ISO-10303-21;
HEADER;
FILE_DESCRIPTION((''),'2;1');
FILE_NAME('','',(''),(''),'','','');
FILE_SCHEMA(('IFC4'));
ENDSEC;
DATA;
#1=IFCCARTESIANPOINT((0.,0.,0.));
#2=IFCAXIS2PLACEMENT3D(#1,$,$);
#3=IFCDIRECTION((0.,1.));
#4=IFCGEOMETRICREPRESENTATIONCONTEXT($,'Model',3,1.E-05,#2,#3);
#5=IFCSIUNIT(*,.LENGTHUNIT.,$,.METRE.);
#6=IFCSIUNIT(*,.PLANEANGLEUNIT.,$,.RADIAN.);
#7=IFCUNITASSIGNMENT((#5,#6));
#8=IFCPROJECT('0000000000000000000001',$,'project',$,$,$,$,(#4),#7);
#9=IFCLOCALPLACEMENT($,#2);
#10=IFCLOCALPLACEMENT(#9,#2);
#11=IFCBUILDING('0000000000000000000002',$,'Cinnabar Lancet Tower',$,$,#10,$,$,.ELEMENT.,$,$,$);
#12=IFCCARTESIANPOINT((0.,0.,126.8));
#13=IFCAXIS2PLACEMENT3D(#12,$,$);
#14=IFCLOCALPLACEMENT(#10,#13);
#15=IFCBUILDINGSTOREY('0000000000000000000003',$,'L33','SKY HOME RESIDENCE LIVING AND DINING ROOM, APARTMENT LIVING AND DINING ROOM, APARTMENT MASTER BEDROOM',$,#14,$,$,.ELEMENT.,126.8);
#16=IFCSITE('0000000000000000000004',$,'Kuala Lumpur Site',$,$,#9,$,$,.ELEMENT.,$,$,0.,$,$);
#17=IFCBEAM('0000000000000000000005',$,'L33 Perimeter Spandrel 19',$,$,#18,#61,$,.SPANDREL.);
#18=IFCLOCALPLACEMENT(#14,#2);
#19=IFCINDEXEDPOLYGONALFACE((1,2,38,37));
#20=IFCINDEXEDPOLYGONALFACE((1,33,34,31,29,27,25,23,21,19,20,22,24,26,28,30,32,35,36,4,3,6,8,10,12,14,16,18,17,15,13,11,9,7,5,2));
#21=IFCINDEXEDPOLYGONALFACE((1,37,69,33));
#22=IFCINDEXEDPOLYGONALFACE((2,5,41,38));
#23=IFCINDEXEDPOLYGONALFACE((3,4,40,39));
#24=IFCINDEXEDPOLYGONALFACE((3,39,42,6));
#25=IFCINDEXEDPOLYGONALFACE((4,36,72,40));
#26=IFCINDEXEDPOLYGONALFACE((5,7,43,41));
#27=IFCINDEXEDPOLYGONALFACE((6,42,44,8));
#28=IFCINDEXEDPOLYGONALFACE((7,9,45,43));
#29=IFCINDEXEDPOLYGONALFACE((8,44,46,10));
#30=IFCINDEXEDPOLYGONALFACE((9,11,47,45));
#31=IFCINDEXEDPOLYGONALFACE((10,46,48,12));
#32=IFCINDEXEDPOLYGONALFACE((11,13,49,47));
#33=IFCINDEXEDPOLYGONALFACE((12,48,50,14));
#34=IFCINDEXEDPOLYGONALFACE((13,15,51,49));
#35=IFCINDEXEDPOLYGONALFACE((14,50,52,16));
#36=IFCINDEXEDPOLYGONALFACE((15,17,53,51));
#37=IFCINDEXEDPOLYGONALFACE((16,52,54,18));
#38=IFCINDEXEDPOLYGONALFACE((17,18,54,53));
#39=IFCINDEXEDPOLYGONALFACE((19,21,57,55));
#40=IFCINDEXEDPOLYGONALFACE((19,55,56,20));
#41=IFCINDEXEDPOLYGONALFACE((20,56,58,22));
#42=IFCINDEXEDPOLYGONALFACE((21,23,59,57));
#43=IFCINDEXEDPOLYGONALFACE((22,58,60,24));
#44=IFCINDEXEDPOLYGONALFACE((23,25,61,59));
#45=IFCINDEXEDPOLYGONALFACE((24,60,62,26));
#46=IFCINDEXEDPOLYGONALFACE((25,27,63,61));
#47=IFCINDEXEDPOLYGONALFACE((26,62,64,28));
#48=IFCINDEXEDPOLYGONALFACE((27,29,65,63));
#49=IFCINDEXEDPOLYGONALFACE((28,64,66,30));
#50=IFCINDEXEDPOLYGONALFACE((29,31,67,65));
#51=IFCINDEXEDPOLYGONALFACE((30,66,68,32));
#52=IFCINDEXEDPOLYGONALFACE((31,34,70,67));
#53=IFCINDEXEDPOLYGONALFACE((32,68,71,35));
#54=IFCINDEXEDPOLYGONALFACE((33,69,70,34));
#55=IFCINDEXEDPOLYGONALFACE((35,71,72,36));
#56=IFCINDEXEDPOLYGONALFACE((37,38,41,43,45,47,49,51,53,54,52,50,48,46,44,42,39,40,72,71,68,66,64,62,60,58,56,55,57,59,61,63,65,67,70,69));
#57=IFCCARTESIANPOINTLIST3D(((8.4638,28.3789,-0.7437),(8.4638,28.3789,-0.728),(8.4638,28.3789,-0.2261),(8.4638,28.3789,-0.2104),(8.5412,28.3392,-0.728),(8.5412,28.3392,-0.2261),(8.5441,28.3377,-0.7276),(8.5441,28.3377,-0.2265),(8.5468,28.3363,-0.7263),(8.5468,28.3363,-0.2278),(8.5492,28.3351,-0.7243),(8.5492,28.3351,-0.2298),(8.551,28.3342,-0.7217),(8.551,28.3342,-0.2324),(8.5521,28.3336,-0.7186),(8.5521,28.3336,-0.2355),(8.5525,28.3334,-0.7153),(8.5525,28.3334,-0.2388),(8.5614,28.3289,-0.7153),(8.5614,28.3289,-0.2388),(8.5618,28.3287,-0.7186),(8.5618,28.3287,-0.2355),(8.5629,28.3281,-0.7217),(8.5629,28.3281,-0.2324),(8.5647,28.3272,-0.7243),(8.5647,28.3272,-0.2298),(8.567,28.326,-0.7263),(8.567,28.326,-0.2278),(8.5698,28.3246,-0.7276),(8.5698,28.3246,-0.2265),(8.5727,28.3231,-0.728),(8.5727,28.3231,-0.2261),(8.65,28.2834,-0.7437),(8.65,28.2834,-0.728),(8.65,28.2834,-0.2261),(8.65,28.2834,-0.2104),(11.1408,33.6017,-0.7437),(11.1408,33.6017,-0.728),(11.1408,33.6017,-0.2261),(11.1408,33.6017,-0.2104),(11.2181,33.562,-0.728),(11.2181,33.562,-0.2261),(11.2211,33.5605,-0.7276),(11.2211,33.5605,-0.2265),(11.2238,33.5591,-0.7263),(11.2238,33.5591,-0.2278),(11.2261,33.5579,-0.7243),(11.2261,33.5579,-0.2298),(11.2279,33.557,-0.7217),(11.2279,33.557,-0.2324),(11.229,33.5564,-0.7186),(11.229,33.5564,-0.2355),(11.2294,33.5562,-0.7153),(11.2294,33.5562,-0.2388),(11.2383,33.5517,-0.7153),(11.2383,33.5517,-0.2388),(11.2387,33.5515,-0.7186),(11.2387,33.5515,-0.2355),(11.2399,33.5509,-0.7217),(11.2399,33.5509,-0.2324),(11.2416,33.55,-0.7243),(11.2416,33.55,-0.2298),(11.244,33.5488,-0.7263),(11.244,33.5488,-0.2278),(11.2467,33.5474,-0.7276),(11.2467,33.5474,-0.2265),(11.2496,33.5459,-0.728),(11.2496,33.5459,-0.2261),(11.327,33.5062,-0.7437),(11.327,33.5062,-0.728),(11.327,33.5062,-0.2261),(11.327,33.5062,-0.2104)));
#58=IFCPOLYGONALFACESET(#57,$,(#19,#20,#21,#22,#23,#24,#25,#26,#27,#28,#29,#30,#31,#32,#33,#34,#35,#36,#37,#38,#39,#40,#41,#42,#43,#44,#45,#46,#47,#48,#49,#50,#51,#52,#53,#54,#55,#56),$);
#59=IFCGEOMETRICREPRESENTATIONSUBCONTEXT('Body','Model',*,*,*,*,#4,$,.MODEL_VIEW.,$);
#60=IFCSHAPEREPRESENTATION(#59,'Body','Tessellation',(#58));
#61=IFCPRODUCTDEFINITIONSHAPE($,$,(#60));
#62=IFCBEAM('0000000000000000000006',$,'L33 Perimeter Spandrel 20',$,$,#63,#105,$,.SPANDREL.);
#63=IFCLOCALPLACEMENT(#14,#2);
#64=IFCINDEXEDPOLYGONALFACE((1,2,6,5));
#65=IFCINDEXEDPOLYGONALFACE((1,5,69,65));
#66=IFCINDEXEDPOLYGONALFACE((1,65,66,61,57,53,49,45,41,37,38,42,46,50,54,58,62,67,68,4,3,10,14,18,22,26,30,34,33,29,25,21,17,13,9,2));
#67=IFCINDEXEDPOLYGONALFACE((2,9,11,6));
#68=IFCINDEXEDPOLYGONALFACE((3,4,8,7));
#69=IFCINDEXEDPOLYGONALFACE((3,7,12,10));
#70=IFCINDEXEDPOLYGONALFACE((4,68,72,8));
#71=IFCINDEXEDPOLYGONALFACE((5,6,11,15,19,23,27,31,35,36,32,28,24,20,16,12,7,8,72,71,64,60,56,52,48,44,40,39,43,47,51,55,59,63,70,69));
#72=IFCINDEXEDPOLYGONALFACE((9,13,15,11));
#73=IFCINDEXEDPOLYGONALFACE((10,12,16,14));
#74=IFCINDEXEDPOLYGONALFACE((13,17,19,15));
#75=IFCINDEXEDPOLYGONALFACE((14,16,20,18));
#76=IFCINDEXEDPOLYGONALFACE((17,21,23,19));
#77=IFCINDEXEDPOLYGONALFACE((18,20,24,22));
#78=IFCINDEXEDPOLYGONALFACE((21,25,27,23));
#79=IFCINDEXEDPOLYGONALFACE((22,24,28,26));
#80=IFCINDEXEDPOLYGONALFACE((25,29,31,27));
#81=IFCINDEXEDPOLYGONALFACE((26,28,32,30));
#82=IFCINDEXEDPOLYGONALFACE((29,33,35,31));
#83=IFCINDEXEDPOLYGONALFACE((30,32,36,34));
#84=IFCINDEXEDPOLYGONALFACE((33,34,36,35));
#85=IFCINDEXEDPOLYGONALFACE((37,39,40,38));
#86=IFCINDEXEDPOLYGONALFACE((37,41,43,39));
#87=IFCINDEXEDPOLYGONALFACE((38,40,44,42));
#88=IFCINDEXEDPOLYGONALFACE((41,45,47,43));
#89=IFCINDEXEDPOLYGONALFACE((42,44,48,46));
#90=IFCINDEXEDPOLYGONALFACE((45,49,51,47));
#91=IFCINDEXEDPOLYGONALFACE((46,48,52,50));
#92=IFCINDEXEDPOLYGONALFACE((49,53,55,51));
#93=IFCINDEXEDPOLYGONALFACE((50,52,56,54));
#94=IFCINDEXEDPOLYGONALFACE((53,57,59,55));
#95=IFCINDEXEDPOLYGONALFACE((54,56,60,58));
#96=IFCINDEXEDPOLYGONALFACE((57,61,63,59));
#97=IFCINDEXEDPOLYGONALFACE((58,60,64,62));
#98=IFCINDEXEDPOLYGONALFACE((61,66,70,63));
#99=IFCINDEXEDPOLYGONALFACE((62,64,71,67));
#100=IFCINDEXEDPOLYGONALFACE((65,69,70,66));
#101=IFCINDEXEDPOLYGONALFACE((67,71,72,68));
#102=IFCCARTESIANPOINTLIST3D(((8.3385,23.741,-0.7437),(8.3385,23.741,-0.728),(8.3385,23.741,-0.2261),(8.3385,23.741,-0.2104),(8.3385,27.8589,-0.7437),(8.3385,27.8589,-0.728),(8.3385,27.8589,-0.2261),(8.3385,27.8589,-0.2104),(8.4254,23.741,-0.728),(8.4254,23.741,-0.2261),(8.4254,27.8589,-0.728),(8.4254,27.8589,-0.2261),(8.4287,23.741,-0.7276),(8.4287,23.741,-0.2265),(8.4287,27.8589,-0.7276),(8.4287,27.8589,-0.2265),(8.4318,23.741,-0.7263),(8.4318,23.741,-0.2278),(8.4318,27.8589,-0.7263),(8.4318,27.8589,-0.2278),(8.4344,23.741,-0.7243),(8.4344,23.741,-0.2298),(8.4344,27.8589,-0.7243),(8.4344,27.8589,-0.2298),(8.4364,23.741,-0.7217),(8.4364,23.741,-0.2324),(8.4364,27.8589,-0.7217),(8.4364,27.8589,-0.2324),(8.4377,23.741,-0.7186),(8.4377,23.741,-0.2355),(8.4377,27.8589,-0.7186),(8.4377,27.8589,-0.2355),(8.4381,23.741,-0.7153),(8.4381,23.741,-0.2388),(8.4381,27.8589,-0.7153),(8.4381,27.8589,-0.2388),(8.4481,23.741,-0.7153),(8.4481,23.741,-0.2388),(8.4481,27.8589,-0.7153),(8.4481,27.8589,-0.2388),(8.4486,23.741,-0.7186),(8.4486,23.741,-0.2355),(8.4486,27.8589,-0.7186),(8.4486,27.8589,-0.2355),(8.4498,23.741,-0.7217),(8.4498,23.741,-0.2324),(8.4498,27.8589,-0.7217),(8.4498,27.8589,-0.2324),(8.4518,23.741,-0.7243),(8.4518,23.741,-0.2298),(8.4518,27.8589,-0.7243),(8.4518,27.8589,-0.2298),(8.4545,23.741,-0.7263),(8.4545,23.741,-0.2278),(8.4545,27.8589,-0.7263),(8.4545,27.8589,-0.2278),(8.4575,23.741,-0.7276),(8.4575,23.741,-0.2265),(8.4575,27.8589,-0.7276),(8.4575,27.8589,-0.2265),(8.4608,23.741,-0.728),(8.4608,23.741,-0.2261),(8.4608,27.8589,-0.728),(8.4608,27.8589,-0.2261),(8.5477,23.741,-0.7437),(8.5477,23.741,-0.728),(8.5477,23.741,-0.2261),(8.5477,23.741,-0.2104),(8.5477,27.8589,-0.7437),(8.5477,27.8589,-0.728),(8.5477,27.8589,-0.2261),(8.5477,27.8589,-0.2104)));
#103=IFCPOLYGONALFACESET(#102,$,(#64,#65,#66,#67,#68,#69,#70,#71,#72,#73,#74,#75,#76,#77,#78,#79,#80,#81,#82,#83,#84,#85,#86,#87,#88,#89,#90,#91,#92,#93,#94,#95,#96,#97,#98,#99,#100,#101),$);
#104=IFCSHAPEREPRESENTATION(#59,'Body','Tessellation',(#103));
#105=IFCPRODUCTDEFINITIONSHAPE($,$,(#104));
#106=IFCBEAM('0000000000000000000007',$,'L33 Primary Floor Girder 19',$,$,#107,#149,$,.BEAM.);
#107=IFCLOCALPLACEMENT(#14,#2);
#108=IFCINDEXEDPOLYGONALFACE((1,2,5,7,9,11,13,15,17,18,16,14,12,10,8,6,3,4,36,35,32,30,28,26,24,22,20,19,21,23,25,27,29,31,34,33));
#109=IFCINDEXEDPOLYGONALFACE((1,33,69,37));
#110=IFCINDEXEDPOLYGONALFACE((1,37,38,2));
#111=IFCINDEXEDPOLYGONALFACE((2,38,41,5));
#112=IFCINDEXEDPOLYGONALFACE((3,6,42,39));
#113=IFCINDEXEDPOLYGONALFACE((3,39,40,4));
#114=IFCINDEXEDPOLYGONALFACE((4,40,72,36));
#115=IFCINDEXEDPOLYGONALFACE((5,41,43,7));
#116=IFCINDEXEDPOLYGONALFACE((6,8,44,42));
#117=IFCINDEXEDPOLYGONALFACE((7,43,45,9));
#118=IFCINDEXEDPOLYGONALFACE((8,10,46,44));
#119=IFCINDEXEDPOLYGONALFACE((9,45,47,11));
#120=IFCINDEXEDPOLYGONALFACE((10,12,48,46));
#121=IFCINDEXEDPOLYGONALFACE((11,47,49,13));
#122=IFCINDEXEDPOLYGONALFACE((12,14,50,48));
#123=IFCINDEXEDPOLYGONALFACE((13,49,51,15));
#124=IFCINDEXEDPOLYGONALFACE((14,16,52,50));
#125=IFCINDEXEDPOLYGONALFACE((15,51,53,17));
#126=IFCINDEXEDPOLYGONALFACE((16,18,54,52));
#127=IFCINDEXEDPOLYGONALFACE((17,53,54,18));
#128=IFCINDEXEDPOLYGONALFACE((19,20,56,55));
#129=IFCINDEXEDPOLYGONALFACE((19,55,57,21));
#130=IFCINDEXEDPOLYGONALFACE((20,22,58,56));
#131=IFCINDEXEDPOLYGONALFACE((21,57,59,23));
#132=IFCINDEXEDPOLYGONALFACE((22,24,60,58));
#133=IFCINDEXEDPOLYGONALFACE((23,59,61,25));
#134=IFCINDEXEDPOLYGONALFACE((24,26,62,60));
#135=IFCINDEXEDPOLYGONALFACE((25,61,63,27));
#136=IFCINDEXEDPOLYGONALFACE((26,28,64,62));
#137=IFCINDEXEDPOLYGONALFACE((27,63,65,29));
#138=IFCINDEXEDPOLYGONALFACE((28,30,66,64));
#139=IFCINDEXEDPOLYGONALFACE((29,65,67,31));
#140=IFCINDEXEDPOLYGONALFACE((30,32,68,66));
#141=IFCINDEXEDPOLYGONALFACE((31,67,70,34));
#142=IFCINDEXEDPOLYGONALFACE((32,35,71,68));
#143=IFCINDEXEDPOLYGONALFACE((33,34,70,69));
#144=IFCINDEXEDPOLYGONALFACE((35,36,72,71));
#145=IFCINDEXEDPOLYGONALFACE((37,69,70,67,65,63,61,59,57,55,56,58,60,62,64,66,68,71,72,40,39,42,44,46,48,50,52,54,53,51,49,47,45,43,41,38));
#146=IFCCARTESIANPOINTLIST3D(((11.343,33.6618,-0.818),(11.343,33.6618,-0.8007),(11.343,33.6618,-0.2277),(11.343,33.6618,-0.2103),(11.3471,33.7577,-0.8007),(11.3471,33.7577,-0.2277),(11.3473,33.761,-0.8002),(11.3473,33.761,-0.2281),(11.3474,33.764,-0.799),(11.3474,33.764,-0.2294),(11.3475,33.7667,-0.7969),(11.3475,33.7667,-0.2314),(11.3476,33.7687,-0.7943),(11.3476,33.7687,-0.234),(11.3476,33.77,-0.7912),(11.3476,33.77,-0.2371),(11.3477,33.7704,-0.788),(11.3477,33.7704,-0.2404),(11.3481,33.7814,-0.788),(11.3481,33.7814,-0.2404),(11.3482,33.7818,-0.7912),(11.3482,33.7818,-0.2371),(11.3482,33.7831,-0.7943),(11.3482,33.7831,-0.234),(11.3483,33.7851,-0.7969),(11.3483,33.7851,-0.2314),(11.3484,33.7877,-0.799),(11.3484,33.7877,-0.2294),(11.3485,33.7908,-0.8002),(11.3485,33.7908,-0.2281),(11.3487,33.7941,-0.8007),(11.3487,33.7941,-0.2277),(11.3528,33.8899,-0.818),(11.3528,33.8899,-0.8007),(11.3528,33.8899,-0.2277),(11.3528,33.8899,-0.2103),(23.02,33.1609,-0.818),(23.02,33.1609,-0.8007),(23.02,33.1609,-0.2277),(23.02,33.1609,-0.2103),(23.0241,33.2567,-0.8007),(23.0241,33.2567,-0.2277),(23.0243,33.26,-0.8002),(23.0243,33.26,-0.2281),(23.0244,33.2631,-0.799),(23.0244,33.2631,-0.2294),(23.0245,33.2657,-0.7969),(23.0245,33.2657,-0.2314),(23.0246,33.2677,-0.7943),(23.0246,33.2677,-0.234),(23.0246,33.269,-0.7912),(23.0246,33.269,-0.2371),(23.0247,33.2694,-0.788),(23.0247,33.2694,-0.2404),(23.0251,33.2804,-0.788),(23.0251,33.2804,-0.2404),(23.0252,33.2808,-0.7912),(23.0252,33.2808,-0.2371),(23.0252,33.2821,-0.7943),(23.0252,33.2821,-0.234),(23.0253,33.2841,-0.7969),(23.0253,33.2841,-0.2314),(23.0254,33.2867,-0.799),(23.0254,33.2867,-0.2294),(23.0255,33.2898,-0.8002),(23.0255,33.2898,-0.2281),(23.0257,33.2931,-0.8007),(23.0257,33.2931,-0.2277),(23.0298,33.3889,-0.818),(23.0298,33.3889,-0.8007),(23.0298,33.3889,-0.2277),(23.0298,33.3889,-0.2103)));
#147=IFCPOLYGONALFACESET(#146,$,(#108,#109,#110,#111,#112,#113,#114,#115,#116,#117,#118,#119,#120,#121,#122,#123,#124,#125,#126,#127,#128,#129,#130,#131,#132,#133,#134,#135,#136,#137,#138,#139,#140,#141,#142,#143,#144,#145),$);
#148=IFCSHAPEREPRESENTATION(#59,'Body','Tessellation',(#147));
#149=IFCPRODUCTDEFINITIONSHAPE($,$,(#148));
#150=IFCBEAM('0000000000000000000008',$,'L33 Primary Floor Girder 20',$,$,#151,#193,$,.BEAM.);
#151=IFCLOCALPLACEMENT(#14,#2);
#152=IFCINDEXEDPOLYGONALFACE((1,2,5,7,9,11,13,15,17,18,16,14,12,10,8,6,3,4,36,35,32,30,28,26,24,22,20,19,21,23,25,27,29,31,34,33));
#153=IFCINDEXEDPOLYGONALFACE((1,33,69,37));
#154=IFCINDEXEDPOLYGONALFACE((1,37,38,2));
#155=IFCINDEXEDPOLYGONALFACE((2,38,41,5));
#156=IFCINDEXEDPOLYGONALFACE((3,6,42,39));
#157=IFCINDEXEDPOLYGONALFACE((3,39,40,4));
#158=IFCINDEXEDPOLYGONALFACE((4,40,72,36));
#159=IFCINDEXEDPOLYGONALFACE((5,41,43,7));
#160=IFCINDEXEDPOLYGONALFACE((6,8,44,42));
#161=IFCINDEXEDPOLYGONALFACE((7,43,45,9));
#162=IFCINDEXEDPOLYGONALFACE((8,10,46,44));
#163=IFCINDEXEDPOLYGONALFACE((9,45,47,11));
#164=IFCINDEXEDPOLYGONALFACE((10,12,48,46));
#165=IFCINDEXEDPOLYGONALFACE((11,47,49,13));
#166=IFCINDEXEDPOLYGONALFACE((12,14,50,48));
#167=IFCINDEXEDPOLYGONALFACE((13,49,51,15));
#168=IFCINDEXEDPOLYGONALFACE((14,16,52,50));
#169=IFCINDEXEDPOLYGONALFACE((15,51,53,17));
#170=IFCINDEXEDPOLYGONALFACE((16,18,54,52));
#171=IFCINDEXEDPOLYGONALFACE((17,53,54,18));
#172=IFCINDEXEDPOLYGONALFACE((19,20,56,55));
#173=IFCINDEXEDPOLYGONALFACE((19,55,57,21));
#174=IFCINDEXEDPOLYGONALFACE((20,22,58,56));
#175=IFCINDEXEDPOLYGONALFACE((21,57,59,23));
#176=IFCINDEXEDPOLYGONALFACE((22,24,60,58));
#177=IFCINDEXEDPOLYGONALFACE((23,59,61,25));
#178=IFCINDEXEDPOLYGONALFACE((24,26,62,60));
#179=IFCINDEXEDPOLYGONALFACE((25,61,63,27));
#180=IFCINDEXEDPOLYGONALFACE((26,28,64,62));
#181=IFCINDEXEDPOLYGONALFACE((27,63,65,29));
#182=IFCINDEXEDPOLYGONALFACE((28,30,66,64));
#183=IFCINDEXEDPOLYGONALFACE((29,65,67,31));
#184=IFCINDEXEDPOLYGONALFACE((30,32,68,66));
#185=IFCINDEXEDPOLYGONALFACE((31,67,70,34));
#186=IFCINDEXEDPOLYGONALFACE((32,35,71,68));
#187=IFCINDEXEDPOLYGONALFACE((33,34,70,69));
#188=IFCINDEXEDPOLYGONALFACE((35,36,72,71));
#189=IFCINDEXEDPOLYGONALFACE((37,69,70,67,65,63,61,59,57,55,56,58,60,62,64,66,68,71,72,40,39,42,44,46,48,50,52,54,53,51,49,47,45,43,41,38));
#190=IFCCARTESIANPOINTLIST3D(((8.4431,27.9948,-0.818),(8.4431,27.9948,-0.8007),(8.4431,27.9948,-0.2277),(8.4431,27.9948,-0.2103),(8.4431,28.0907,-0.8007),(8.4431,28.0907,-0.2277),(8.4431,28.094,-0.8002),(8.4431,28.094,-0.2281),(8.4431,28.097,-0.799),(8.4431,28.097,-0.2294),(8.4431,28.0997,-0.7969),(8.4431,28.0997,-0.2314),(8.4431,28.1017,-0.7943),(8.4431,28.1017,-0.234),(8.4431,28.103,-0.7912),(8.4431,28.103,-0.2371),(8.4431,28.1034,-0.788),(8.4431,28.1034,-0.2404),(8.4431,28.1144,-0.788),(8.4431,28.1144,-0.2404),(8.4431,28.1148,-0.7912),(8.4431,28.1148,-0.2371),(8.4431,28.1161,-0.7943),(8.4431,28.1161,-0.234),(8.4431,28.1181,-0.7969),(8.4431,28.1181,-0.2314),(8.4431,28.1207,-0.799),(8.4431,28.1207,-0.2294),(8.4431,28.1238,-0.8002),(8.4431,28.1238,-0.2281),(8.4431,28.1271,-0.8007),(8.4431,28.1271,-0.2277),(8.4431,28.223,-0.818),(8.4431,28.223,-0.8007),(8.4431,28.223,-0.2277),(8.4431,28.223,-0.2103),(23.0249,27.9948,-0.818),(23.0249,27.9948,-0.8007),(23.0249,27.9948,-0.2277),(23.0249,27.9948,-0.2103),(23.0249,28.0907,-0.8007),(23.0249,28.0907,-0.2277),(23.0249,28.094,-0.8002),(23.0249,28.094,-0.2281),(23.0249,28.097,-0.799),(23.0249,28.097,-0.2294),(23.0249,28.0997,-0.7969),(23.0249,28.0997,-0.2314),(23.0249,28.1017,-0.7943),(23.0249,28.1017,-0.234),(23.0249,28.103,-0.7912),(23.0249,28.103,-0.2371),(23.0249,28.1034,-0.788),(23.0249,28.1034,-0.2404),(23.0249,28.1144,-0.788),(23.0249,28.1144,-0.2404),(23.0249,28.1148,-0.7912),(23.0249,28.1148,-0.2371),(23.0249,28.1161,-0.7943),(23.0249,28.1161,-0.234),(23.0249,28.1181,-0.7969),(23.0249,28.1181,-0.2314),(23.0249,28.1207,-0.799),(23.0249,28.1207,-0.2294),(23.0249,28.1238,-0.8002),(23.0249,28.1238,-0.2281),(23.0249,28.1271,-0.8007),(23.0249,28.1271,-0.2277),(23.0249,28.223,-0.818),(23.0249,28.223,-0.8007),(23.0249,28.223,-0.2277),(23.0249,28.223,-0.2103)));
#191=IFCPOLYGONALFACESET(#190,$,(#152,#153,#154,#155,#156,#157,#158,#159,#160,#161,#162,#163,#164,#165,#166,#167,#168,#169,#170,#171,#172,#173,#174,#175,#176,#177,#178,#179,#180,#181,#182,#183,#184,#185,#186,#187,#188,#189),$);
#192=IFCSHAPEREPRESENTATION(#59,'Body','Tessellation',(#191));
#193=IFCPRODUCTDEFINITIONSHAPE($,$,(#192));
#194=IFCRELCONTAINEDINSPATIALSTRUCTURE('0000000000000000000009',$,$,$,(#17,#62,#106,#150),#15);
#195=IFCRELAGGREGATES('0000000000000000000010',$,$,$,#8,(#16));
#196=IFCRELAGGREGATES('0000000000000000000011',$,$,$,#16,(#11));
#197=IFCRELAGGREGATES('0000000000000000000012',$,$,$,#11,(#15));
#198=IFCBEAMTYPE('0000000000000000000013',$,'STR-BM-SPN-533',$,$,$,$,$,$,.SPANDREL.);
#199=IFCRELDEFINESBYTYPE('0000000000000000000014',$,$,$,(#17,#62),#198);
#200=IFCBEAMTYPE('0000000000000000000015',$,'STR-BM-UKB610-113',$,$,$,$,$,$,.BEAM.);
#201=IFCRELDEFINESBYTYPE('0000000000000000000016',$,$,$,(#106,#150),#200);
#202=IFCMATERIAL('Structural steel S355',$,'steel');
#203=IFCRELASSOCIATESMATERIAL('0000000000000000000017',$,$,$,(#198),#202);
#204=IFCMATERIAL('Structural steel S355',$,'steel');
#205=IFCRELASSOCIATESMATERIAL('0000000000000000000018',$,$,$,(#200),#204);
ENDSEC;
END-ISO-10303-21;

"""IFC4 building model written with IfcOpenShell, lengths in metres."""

from ifc_helpers import new_model, si_unit, direction, frame, origin, origin_2d, place, context, subcontext, project, spatial, i_section, extrude, material, material_profile, profile_set, type_object, element, save


model = new_model("IFC4")

# Units and contexts
model_context = context("Model", 3, precision=1e-05, world=origin(), true_north=direction((0.0, 1.0)))
body_context = subcontext(model_context, "Body", "Model", "MODEL_VIEW")
ifc_project = project(units=[si_unit("LENGTHUNIT", "METRE"), si_unit("PLANEANGLEUNIT", "RADIAN")], contexts=[model_context])

# Site, building, storey
site_placement = place(None, origin())
site = spatial("IfcSite", under=ifc_project, at=site_placement, Name="Kuala Lumpur Site", CompositionType="ELEMENT", RefElevation=0.0)
building_placement = place(site_placement, origin())
building = spatial("IfcBuilding", under=site, at=building_placement, Name="Cinnabar Lancet Tower", CompositionType="ELEMENT")
storey_placement = place(building_placement, frame((0.0, 0.0, 126.8)))
storey = spatial("IfcBuildingStorey", under=building, at=storey_placement, Name="L33", Description="SKY HOME RESIDENCE LIVING AND DINING ROOM, APARTMENT LIVING AND DINING ROOM, APARTMENT MASTER BEDROOM", CompositionType="ELEMENT", Elevation=126.8)

# Beams
ifc_material_1 = material(Name="Structural steel S355", Category="steel")
ifc_material_profile_1 = material_profile(ifc_material_1, i_section(OverallWidth=0.2092, OverallDepth=0.5332, WebThickness=0.01, FlangeThickness=0.0156, FilletRadius=0.0127, at=origin_2d()), Name="UKB 533x210x92")
ifc_profile_set_1 = profile_set([ifc_material_profile_1], Name="Structural steel S355")
beam_type_1 = type_object("IfcBeamType", Name="STR-BM-SPN-533", PredefinedType="SPANDREL", material=ifc_profile_set_1)
beam_1_placement = place(storey_placement, frame((11.2339, 33.554, -0.4771), z_axis=(-0.456127, -0.889915, 0.0), x_axis=(0.889915, -0.456127, 0.0)))
element("IfcBeam", 1, at=beam_1_placement, inside=storey, type_object=beam_type_1, Name="L33 Perimeter Spandrel 19", PredefinedType="SPANDREL", context=body_context, shape_type="SweptSolid", body=[
    extrude(i_section(OverallWidth=0.2092, OverallDepth=0.5332, WebThickness=0.01, FlangeThickness=0.0156, FilletRadius=0.0127, at=origin_2d()), origin(), (0.0, 0.0, 1.0), 5.8689),
])
beam_2_placement = place(storey_placement, frame((8.4431, 27.8589, -0.4771), z_axis=(0.0, -1.0, 0.0), x_axis=(1.0, 0.0, 0.0)))
element("IfcBeam", 2, at=beam_2_placement, inside=storey, type_object=beam_type_1, Name="L33 Perimeter Spandrel 20", PredefinedType="SPANDREL", context=body_context, shape_type="SweptSolid", body=[
    extrude(i_section(OverallWidth=0.2092, OverallDepth=0.5332, WebThickness=0.01, FlangeThickness=0.0156, FilletRadius=0.0127, at=origin_2d()), origin(), (0.0, 0.0, 1.0), 4.1179),
])
ifc_material_2 = material(Name="Structural steel S355", Category="steel")
ifc_material_profile_2 = material_profile(ifc_material_2, i_section(OverallWidth=0.2283, OverallDepth=0.6077, WebThickness=0.011, FlangeThickness=0.0173, FilletRadius=0.0127, at=origin_2d()), Name="UKB 610x229x113")
ifc_profile_set_2 = profile_set([ifc_material_profile_2], Name="Structural steel S355")
beam_type_2 = type_object("IfcBeamType", Name="STR-BM-UKB610-113", PredefinedType="BEAM", material=ifc_profile_set_2)
beam_3_placement = place(storey_placement, frame((11.3479, 33.7759, -0.5142), z_axis=(0.999081, -0.042863, 0.0), x_axis=(0.042863, 0.999081, 0.0)))
element("IfcBeam", 3, at=beam_3_placement, inside=storey, type_object=beam_type_2, Name="L33 Primary Floor Girder 19", PredefinedType="BEAM", context=body_context, shape_type="SweptSolid", body=[
    extrude(i_section(OverallWidth=0.2283, OverallDepth=0.6077, WebThickness=0.011, FlangeThickness=0.0173, FilletRadius=0.0127, at=origin_2d()), origin(), (0.0, 0.0, 1.0), 11.6877),
])
beam_4_placement = place(storey_placement, frame((8.4431, 28.1089, -0.5142), z_axis=(1.0, 0.0, 0.0), x_axis=(0.0, 1.0, 0.0)))
element("IfcBeam", 4, at=beam_4_placement, inside=storey, type_object=beam_type_2, Name="L33 Primary Floor Girder 20", PredefinedType="BEAM", context=body_context, shape_type="SweptSolid", body=[
    extrude(i_section(OverallWidth=0.2283, OverallDepth=0.6077, WebThickness=0.011, FlangeThickness=0.0173, FilletRadius=0.0127, at=origin_2d()), origin(), (0.0, 0.0, 1.0), 14.5818),
])

save(model, "model.ifc")
